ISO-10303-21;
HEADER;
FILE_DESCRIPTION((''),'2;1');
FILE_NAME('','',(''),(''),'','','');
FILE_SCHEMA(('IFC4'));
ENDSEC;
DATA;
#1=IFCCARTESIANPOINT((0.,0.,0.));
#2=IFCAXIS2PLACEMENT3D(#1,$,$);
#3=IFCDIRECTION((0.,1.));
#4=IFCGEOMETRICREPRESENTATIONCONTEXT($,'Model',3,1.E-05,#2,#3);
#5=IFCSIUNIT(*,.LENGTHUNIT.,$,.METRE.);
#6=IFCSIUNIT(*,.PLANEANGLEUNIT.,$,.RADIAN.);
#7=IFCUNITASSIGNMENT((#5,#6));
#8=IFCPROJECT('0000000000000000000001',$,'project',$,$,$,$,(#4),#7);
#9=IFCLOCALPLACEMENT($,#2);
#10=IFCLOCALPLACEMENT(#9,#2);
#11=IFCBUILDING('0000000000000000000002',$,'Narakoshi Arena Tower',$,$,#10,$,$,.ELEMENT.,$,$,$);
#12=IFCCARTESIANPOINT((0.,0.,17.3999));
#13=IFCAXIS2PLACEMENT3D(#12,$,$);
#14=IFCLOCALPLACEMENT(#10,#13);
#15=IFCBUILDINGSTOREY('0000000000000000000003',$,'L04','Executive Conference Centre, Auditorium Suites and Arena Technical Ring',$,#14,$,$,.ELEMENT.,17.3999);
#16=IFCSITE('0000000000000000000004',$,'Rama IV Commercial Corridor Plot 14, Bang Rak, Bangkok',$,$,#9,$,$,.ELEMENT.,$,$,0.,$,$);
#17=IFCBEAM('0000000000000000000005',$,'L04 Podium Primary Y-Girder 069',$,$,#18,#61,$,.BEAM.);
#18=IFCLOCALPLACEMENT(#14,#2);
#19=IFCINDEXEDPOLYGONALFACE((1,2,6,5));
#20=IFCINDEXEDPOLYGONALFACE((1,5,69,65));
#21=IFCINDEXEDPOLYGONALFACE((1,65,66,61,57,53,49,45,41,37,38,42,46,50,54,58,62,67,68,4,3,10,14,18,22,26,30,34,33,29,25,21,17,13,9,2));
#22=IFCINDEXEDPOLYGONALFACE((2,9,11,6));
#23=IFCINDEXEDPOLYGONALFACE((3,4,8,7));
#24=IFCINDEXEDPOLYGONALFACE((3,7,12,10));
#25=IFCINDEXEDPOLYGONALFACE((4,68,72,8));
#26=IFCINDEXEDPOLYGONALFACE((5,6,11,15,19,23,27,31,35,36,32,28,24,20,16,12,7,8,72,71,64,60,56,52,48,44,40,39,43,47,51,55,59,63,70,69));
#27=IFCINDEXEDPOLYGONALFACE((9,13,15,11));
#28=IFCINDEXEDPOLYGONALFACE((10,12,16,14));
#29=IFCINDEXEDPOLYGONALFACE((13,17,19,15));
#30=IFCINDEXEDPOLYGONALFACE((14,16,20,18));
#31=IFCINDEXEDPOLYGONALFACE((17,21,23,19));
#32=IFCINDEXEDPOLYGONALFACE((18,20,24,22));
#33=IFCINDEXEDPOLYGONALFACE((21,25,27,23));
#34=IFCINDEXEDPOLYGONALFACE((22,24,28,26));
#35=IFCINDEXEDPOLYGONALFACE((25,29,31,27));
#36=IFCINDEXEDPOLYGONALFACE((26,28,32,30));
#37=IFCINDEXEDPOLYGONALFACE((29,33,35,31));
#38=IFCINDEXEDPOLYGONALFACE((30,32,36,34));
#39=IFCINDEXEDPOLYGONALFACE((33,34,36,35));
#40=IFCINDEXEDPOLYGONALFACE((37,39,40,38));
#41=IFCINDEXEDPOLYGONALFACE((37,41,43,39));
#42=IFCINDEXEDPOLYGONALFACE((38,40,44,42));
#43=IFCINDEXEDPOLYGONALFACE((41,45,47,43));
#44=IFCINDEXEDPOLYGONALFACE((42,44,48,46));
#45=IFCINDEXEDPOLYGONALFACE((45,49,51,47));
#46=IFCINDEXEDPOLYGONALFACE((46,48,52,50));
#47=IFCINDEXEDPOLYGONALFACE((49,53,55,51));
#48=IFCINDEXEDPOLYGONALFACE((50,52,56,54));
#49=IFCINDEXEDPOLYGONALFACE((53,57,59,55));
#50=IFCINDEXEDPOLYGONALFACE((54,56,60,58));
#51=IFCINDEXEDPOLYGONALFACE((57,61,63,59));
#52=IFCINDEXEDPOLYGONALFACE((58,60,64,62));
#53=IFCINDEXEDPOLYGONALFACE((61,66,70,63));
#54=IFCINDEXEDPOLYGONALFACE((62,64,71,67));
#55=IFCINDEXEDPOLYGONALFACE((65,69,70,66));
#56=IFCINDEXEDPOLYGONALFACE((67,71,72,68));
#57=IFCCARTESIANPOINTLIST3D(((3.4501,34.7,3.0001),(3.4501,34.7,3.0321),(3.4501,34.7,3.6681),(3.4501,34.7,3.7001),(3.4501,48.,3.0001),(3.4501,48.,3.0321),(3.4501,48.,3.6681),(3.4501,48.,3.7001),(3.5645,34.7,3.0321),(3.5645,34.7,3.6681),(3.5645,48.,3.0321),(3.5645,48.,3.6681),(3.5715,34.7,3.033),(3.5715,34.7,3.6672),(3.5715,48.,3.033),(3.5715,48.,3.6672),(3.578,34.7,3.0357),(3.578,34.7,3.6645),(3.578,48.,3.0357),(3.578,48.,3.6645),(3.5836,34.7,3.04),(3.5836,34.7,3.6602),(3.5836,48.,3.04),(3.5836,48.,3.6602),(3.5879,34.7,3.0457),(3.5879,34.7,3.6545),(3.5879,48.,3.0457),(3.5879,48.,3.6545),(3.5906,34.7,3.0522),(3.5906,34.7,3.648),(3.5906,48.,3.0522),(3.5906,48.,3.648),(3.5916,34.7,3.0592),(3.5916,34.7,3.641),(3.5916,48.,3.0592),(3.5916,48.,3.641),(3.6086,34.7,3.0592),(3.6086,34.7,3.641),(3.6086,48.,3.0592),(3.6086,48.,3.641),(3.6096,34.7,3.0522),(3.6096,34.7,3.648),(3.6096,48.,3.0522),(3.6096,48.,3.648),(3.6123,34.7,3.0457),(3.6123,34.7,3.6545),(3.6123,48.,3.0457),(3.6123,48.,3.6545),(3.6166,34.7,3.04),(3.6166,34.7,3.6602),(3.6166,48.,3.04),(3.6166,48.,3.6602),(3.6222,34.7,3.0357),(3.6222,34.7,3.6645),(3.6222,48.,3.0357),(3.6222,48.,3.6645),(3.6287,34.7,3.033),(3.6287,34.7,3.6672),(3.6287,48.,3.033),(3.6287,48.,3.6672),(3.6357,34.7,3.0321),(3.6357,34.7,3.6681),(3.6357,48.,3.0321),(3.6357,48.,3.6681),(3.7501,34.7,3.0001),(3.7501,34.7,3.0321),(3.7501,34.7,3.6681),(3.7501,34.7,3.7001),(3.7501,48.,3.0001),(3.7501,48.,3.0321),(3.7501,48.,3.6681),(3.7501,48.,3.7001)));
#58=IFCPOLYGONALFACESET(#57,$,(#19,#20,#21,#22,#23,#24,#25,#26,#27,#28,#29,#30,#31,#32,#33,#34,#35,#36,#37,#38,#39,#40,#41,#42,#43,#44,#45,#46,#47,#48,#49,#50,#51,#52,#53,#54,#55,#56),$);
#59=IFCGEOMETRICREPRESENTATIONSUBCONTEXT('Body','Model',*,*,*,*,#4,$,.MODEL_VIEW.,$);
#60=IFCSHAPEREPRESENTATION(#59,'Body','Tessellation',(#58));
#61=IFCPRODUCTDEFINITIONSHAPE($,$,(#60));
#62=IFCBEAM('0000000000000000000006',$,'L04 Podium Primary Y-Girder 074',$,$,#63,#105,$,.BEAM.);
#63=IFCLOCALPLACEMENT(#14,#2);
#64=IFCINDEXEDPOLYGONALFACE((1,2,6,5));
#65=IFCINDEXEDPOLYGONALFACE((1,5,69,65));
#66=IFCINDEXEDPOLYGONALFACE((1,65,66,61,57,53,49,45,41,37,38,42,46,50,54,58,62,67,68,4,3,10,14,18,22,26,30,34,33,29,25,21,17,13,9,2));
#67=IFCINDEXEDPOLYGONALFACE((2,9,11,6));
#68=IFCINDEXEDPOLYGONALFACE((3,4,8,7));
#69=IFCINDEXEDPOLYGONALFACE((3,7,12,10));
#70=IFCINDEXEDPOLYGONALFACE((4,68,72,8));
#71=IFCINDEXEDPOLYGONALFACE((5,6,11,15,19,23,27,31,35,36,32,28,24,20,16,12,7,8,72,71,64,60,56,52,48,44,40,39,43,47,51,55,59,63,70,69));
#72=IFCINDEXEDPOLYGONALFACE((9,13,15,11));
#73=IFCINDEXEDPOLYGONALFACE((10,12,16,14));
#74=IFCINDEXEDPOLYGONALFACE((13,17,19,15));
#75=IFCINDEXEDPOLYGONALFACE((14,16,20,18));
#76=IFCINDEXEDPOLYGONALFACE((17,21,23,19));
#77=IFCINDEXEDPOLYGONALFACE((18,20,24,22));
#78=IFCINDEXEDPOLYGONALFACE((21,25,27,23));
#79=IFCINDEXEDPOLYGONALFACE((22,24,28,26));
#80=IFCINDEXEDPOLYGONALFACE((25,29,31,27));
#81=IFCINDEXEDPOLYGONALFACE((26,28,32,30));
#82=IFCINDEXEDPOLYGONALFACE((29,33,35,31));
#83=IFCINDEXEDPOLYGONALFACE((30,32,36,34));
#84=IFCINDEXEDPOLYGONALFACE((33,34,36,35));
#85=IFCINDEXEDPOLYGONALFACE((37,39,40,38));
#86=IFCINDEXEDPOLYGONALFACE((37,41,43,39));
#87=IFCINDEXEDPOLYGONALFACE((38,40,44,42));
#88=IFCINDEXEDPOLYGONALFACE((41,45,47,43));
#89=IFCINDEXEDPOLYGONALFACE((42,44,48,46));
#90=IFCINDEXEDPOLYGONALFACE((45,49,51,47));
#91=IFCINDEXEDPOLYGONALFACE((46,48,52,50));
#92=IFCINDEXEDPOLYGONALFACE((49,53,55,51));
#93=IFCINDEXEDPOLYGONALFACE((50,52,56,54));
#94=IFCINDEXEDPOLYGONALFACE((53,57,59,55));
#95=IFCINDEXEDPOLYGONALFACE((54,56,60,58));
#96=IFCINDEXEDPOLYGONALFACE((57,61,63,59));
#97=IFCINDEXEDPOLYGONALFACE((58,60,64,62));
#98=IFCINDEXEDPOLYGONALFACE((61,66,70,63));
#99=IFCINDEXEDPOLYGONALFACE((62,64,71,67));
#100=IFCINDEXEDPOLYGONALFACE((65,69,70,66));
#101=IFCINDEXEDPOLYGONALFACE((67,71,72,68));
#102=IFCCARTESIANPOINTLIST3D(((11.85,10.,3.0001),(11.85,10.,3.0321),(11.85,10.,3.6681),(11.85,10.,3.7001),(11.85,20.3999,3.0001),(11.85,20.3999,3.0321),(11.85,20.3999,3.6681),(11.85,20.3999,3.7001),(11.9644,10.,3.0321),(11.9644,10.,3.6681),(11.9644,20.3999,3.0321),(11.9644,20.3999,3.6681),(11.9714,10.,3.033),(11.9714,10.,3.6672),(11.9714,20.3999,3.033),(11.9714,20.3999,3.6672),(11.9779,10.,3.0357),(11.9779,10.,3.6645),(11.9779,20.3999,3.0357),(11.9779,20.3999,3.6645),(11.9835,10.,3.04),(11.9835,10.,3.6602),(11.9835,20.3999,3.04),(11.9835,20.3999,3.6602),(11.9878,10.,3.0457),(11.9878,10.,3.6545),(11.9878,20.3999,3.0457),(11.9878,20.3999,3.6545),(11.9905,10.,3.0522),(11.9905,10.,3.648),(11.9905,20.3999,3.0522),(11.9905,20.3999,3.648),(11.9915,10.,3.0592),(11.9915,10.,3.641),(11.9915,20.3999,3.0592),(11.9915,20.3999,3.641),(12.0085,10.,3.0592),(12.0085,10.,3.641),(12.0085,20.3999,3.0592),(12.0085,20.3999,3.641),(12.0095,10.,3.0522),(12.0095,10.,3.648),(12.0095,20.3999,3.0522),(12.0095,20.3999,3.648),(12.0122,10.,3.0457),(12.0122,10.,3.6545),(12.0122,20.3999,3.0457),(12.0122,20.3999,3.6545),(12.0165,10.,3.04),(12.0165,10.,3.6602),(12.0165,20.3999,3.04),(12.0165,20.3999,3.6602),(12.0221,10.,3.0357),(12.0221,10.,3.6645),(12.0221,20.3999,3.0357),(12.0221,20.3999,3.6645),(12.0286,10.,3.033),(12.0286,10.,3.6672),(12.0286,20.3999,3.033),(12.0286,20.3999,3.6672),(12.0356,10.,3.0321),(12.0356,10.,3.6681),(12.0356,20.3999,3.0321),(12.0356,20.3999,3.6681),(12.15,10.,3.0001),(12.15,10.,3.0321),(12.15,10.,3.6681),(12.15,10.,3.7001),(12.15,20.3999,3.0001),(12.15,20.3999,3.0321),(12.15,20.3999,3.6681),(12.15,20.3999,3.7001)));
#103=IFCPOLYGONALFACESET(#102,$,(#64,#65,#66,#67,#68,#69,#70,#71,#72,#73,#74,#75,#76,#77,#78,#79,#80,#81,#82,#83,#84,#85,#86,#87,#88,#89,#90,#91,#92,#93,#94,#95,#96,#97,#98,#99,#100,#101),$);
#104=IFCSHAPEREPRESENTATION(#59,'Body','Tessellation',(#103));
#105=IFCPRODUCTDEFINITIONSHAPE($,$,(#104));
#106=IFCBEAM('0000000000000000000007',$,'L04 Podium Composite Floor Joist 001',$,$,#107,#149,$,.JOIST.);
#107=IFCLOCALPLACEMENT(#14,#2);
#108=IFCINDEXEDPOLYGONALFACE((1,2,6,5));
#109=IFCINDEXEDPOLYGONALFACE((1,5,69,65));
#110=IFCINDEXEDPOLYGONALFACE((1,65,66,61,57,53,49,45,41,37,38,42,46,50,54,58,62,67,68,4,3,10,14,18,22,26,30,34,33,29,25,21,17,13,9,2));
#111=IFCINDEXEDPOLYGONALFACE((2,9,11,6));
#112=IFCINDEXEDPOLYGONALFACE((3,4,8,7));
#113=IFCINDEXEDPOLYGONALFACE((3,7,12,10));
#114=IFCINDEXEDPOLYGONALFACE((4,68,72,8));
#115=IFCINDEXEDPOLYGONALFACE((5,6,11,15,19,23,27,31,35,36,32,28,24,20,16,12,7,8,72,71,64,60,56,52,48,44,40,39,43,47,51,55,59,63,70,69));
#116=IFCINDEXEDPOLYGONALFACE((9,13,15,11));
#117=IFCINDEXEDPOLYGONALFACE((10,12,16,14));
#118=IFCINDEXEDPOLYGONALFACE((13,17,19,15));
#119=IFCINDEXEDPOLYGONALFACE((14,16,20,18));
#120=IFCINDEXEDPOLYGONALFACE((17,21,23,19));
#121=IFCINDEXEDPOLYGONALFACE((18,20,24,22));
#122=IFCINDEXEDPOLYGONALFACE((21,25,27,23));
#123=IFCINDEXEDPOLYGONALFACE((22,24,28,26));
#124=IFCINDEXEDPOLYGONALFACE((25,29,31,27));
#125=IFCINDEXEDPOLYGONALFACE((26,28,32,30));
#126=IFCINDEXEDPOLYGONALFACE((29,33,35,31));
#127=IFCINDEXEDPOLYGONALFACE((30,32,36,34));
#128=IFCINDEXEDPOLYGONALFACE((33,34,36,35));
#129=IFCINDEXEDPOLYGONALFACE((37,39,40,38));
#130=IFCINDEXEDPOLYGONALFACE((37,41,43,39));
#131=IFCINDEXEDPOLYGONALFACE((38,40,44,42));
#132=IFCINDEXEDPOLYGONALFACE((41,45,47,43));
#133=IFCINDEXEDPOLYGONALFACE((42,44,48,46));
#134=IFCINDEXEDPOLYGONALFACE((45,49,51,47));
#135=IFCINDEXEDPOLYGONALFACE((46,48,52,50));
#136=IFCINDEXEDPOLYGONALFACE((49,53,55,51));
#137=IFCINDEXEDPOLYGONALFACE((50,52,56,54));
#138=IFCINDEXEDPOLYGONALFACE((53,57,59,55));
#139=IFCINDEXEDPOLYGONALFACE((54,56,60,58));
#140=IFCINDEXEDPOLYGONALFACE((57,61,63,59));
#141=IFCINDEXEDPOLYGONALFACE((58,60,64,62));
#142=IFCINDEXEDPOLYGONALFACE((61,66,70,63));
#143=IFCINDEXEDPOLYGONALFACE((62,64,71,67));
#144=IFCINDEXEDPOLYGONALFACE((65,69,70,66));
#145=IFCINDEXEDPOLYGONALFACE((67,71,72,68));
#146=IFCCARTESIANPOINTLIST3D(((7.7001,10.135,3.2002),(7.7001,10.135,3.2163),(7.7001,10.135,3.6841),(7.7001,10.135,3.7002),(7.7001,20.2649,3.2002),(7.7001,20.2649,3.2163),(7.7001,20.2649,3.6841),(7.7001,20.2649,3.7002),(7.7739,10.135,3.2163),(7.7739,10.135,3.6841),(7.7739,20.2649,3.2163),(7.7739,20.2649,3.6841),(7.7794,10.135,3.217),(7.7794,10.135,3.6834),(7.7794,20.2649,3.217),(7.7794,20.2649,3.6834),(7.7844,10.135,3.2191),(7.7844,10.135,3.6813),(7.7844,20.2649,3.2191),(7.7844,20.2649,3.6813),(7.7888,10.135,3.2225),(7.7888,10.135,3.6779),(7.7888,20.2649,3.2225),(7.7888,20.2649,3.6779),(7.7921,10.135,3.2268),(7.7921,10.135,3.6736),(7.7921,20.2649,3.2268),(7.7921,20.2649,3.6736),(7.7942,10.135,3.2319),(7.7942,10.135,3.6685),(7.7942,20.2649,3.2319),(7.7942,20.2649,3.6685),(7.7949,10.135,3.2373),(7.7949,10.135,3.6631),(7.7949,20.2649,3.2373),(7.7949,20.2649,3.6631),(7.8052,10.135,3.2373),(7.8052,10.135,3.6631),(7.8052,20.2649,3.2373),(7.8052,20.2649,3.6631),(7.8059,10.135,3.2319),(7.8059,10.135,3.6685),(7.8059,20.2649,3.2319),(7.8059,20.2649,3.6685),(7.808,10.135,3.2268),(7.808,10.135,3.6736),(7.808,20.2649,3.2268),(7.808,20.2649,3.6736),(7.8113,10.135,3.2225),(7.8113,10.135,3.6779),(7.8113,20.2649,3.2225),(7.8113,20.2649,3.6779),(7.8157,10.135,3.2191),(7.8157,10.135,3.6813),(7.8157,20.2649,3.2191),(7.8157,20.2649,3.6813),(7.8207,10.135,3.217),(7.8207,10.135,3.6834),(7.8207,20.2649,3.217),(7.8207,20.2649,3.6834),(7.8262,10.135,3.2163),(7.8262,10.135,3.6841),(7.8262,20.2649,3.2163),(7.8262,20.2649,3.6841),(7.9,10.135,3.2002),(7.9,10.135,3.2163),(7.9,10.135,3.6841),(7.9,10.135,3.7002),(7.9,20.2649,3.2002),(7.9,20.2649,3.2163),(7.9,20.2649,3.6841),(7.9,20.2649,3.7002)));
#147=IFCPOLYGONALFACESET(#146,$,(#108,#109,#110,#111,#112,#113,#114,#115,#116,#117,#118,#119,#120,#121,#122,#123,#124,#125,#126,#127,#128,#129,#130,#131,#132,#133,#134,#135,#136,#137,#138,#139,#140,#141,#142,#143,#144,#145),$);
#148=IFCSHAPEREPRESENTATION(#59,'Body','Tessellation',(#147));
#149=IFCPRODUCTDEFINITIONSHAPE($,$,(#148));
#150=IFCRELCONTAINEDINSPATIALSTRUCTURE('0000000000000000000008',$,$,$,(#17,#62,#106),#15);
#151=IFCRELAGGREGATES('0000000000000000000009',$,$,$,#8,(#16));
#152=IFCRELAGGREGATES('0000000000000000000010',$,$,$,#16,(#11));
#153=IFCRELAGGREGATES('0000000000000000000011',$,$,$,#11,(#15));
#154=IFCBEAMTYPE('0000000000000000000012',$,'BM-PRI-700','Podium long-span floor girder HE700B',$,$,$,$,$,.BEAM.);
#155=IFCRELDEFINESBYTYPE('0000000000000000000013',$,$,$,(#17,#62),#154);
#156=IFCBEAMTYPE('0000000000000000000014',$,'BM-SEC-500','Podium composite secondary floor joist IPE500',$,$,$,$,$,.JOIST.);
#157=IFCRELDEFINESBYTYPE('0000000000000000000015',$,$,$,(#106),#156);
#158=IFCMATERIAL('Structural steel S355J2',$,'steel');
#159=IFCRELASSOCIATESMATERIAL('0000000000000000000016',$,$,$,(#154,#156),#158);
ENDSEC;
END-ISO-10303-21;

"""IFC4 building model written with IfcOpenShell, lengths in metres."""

from ifc_helpers import new_model, si_unit, direction, frame, origin, origin_2d, place, context, subcontext, project, spatial, i_section, extrude, material, material_profile, profile_set, type_object, element, save


model = new_model("IFC4")

# Units and contexts
model_context = context("Model", 3, precision=1e-05, world=origin(), true_north=direction((0.0, 1.0)))
body_context = subcontext(model_context, "Body", "Model", "MODEL_VIEW")
ifc_project = project(units=[si_unit("LENGTHUNIT", "METRE"), si_unit("PLANEANGLEUNIT", "RADIAN")], contexts=[model_context])

# Site, building, storey
site_placement = place(None, origin())
site = spatial("IfcSite", under=ifc_project, at=site_placement, Name="Rama IV Commercial Corridor Plot 14, Bang Rak, Bangkok", CompositionType="ELEMENT", RefElevation=0.0)
building_placement = place(site_placement, origin())
building = spatial("IfcBuilding", under=site, at=building_placement, Name="Narakoshi Arena Tower", CompositionType="ELEMENT")
storey_placement = place(building_placement, frame((0.0, 0.0, 17.3999)))
storey = spatial("IfcBuildingStorey", under=building, at=storey_placement, Name="L04", Description="Executive Conference Centre, Auditorium Suites and Arena Technical Ring", CompositionType="ELEMENT", Elevation=17.3999)

# Shared definitions
ifc_material_1 = material(Name="Structural steel S355J2", Category="steel")

# Beams
ifc_material_profile_1 = material_profile(ifc_material_1, i_section(OverallWidth=0.3, OverallDepth=0.7, WebThickness=0.0171, FlangeThickness=0.032, FilletRadius=0.0271, at=origin_2d()), Name="HE700B")
ifc_profile_set_1 = profile_set([ifc_material_profile_1], Name="Structural steel S355J2")
beam_type_1 = type_object("IfcBeamType", Name="BM-PRI-700", Description="Podium long-span floor girder HE700B", PredefinedType="BEAM", material=ifc_profile_set_1)
beam_1_placement = place(storey_placement, frame((3.6001, 34.7, 3.3501), z_axis=(0.0, 1.0, 0.0), x_axis=(-1.0, 0.0, 0.0)))
element("IfcBeam", 1, at=beam_1_placement, inside=storey, type_object=beam_type_1, Name="L04 Podium Primary Y-Girder 069", PredefinedType="BEAM", context=body_context, shape_type="SweptSolid", body=[
    extrude(i_section(OverallWidth=0.3, OverallDepth=0.7, WebThickness=0.0171, FlangeThickness=0.032, FilletRadius=0.0271, at=origin_2d()), origin(), (0.0, 0.0, 1.0), 13.3),
])
beam_2_placement = place(storey_placement, frame((12.0, 10.0, 3.3501), z_axis=(0.0, 1.0, 0.0), x_axis=(-1.0, 0.0, 0.0)))
element("IfcBeam", 2, at=beam_2_placement, inside=storey, type_object=beam_type_1, Name="L04 Podium Primary Y-Girder 074", PredefinedType="BEAM", context=body_context, shape_type="SweptSolid", body=[
    extrude(i_section(OverallWidth=0.3, OverallDepth=0.7, WebThickness=0.0171, FlangeThickness=0.032, FilletRadius=0.0271, at=origin_2d()), origin(), (0.0, 0.0, 1.0), 10.3999),
])
ifc_material_profile_2 = material_profile(ifc_material_1, i_section(OverallWidth=0.2, OverallDepth=0.5, WebThickness=0.0103, FlangeThickness=0.0161, FilletRadius=0.021, at=origin_2d()), Name="IPE500")
ifc_profile_set_2 = profile_set([ifc_material_profile_2], Name="Structural steel S355J2")
beam_type_2 = type_object("IfcBeamType", Name="BM-SEC-500", Description="Podium composite secondary floor joist IPE500", PredefinedType="JOIST", material=ifc_profile_set_2)
beam_3_placement = place(storey_placement, frame((7.8, 10.135, 3.4502), z_axis=(0.0, 1.0, 0.0), x_axis=(-1.0, 0.0, 0.0)))
element("IfcBeam", 3, at=beam_3_placement, inside=storey, type_object=beam_type_2, Name="L04 Podium Composite Floor Joist 001", PredefinedType="JOIST", context=body_context, shape_type="SweptSolid", body=[
    extrude(i_section(OverallWidth=0.2, OverallDepth=0.5, WebThickness=0.0103, FlangeThickness=0.0161, FilletRadius=0.021, at=origin_2d()), origin(), (0.0, 0.0, 1.0), 10.1299),
])

save(model, "model.ifc")
